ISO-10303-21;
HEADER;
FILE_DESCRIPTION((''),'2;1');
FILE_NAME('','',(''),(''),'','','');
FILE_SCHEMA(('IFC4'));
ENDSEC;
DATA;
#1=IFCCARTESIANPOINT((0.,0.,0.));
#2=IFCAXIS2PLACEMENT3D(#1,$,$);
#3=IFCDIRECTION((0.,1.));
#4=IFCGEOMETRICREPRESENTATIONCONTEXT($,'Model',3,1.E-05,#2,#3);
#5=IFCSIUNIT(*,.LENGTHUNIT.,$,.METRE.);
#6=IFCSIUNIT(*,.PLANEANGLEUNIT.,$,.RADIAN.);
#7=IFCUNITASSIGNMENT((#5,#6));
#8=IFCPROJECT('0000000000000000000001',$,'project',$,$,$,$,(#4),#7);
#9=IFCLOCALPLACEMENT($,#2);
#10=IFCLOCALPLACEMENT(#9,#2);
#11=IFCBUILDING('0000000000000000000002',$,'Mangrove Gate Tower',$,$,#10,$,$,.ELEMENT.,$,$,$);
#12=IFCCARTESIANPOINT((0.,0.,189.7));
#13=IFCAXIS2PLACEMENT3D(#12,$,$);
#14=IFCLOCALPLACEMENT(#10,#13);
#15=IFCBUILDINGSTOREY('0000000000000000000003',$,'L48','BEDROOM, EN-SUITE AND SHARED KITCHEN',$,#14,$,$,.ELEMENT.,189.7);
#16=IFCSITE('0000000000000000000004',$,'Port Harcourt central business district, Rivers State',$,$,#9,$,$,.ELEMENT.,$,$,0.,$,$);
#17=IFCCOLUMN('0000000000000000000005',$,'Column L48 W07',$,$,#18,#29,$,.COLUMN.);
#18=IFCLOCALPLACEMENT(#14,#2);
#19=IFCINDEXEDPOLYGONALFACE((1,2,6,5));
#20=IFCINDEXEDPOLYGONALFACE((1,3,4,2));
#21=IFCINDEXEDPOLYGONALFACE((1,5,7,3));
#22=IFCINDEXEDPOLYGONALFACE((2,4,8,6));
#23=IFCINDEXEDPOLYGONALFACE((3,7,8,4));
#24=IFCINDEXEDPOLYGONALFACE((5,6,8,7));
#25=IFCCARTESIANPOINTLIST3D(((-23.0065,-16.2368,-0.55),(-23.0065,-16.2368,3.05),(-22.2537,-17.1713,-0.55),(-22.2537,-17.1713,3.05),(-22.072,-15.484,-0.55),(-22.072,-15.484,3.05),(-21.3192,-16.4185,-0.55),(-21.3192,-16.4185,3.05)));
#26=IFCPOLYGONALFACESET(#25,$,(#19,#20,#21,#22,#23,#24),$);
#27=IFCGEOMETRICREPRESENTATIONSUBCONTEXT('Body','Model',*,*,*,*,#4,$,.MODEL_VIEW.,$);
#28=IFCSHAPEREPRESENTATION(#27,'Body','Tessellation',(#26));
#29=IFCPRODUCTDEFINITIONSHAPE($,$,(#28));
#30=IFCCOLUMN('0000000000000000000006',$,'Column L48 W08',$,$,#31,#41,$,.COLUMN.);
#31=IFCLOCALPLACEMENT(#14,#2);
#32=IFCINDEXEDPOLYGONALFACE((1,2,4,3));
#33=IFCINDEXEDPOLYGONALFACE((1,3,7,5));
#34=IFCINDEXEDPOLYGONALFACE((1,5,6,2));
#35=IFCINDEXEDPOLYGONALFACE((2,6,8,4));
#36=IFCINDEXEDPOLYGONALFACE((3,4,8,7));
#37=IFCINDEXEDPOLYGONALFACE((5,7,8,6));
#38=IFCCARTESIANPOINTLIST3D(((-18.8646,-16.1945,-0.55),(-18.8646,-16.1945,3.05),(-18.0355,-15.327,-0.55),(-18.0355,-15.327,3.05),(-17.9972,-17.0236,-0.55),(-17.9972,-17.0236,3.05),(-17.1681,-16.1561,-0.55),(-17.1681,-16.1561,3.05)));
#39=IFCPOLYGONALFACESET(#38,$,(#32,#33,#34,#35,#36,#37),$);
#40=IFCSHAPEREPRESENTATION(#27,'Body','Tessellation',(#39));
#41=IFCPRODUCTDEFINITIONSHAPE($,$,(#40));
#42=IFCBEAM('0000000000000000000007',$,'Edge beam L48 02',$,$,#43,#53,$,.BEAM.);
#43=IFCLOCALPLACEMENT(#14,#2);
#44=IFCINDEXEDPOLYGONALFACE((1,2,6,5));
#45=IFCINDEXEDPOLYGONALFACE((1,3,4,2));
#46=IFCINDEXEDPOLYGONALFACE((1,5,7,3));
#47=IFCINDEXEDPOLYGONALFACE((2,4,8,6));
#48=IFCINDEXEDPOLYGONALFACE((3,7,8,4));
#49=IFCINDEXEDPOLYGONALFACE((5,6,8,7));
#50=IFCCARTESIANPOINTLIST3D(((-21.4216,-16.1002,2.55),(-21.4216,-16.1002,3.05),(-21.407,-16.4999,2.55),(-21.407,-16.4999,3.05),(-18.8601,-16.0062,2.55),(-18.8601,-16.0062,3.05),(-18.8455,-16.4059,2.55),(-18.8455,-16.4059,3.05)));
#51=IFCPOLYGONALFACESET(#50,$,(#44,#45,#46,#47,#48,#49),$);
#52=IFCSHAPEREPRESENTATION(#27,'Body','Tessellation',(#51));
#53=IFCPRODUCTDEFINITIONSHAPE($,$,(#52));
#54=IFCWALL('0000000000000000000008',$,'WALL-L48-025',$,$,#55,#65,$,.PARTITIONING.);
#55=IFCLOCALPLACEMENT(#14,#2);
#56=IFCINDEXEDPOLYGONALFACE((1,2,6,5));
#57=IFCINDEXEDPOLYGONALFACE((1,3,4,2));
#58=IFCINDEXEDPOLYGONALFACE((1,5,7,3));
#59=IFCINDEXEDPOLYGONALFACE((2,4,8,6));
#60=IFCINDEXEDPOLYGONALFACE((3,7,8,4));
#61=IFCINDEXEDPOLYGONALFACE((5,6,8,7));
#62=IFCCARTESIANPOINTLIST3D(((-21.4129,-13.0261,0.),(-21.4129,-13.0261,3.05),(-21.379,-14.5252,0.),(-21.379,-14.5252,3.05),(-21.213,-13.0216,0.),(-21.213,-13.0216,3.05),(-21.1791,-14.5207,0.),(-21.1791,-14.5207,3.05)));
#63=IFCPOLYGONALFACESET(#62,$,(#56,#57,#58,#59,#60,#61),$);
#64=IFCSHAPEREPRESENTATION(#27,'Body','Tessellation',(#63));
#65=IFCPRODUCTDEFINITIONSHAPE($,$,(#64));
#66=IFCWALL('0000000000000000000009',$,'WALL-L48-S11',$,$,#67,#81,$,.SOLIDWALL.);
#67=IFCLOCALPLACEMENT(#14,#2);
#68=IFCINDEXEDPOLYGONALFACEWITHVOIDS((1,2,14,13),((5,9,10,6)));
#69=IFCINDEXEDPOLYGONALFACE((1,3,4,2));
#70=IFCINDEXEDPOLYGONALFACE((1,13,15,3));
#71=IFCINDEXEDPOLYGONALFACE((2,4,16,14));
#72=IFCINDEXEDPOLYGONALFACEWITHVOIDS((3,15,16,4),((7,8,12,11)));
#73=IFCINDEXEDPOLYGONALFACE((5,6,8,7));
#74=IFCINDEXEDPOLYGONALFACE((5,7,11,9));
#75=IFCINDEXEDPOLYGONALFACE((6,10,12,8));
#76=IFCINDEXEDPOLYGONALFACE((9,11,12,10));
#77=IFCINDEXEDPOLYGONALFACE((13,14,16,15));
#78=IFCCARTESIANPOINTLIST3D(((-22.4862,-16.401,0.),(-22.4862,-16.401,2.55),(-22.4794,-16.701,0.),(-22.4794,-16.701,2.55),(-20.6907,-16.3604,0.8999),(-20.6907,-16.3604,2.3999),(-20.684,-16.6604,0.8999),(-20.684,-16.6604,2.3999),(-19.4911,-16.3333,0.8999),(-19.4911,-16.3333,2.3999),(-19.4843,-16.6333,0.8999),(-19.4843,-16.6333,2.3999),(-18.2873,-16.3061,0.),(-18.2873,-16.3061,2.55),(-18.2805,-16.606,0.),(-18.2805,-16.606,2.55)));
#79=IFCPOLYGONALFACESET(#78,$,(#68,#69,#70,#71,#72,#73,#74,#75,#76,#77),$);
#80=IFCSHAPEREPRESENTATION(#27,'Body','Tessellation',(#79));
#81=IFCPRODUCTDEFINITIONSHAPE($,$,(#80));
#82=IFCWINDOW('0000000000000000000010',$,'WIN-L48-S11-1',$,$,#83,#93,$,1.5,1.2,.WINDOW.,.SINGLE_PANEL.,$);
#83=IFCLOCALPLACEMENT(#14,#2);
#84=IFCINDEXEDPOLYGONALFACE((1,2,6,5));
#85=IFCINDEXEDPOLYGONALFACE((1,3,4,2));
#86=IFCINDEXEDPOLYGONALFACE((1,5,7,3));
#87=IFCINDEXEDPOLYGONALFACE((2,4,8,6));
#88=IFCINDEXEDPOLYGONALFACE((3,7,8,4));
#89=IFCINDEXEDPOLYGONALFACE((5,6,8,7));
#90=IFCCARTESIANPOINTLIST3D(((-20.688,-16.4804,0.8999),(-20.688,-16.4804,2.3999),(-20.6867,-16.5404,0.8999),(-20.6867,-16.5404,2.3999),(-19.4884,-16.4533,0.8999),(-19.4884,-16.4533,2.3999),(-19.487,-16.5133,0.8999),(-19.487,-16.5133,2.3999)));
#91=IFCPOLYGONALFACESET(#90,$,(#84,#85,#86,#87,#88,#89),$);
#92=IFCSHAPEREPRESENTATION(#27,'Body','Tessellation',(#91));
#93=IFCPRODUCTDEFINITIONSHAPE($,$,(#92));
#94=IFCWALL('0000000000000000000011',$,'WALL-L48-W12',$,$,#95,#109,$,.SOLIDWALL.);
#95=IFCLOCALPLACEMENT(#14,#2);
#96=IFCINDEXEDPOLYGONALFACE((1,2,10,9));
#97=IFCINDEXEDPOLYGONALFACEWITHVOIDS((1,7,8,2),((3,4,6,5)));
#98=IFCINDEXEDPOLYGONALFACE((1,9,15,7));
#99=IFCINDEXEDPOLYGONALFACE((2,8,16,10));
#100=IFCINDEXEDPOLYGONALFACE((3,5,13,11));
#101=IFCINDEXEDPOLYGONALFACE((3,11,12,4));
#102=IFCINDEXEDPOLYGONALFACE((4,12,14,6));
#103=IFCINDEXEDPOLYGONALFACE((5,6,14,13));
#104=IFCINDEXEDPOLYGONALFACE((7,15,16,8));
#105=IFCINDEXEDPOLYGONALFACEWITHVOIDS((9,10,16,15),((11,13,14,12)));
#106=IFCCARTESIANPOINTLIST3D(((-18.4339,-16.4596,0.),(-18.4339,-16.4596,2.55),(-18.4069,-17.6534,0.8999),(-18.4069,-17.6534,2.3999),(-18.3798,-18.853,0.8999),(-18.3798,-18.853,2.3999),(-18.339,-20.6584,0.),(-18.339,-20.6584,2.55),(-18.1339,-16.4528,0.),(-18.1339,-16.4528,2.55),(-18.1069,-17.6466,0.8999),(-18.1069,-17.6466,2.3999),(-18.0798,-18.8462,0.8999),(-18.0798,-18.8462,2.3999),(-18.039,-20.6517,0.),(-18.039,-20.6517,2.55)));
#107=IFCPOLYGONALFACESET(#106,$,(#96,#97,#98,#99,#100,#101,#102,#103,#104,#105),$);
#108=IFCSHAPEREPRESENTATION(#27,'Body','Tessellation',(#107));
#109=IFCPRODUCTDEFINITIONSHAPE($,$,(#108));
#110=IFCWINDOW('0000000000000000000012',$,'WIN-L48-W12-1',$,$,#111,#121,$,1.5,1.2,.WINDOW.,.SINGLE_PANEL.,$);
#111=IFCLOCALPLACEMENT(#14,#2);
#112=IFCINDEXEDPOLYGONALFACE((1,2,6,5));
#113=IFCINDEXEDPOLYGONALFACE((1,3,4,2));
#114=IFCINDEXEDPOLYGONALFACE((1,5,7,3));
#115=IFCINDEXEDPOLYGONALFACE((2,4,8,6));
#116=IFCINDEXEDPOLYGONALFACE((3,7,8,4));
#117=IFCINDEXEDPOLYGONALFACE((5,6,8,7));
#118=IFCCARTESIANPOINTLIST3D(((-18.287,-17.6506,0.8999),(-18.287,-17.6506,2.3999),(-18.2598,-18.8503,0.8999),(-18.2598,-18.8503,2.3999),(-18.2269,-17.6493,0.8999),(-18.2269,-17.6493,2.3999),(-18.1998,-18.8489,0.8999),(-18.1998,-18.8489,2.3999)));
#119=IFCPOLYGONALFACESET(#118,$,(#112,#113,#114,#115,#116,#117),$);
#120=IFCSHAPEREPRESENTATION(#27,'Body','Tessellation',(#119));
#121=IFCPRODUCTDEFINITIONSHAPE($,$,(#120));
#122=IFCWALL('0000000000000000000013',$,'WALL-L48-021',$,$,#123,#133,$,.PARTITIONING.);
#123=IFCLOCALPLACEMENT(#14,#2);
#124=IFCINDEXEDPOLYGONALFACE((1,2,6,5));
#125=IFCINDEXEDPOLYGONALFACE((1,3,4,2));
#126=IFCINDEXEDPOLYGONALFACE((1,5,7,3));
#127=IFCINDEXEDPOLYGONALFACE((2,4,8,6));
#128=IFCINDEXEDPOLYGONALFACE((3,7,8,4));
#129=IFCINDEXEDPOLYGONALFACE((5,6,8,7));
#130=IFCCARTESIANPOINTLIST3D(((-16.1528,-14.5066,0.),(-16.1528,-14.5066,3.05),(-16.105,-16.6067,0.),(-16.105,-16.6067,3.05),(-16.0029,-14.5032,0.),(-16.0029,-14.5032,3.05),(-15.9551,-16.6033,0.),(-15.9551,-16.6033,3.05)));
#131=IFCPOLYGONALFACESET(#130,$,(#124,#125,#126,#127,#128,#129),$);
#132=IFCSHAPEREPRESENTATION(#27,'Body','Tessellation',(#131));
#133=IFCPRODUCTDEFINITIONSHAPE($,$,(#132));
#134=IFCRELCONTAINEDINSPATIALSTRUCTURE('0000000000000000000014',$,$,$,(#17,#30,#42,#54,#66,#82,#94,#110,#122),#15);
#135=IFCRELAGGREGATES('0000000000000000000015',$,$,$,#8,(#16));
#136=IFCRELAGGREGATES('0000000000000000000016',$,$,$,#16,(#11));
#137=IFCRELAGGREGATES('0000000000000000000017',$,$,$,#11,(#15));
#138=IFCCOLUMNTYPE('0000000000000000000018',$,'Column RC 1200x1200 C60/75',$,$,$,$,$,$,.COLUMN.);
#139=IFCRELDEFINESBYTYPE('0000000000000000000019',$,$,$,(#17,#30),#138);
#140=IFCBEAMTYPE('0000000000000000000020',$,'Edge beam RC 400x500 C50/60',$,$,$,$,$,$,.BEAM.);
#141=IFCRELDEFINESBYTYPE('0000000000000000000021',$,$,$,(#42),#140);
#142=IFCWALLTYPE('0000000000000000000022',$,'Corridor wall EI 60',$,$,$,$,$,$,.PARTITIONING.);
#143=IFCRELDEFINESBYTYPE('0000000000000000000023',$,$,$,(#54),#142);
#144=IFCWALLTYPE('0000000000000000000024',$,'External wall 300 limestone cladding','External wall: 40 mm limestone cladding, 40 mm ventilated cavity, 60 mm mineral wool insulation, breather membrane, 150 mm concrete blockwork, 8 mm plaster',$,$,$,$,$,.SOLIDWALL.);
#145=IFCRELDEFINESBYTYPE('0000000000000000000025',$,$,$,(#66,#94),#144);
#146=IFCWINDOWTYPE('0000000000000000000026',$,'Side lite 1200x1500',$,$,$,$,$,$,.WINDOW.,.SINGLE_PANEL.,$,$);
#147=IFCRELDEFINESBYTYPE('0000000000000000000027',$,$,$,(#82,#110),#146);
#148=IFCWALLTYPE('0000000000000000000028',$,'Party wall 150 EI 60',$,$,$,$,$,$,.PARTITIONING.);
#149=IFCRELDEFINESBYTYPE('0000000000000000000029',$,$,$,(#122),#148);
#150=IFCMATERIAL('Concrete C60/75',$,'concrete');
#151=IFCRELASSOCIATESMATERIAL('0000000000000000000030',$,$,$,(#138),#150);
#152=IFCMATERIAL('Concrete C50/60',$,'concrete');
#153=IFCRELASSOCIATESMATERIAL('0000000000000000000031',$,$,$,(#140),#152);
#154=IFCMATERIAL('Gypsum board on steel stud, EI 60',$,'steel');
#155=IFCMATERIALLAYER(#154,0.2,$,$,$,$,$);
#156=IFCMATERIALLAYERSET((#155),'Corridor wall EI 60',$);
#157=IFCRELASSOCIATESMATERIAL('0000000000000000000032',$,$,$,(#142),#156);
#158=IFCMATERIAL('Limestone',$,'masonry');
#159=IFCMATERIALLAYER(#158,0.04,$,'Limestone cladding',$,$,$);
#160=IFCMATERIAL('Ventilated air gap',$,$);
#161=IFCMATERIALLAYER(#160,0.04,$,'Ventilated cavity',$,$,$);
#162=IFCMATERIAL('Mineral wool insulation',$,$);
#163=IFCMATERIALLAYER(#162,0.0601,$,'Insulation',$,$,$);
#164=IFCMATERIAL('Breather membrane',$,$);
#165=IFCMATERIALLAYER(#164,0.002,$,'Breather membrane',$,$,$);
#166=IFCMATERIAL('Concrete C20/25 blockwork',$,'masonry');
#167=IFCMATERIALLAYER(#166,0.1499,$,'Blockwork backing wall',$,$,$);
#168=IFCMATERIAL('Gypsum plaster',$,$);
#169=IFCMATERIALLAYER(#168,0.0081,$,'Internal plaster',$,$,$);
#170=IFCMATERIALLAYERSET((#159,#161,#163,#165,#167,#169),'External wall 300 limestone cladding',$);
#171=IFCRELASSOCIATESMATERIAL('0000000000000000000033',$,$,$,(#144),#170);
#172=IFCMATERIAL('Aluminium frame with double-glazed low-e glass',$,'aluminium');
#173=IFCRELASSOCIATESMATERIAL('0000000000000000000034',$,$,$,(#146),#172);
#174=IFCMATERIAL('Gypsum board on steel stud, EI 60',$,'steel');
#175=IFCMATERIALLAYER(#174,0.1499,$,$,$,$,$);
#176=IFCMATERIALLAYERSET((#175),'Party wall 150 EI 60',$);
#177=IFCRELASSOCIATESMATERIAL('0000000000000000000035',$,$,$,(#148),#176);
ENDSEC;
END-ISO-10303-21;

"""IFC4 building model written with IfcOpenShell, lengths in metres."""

from ifc_helpers import new_model, si_unit, direction, frame, frame_2d, origin, origin_2d, place, context, subcontext, project, spatial, rectangle, extrude, material, layer, layer_set, material_profile, profile_set, type_object, element, fill, save


model = new_model("IFC4")

# Units and contexts
model_context = context("Model", 3, precision=1e-05, world=origin(), true_north=direction((0.0, 1.0)))
body_context = subcontext(model_context, "Body", "Model", "MODEL_VIEW")
ifc_project = project(units=[si_unit("LENGTHUNIT", "METRE"), si_unit("PLANEANGLEUNIT", "RADIAN")], contexts=[model_context])

# Site, building, storey
site_placement = place(None, origin())
site = spatial("IfcSite", under=ifc_project, at=site_placement, Name="Port Harcourt central business district, Rivers State", CompositionType="ELEMENT", RefElevation=0.0)
building_placement = place(site_placement, origin())
building = spatial("IfcBuilding", under=site, at=building_placement, Name="Mangrove Gate Tower", CompositionType="ELEMENT")
storey_placement = place(building_placement, frame((0.0, 0.0, 189.7)))
storey = spatial("IfcBuildingStorey", under=building, at=storey_placement, Name="L48", Description="BEDROOM, EN-SUITE AND SHARED KITCHEN", CompositionType="ELEMENT", Elevation=189.7)

# Columns
ifc_material_1 = material(Name="Concrete C60/75", Category="concrete")
ifc_material_profile_1 = material_profile(ifc_material_1, rectangle(XDim=1.2, YDim=1.2, at=origin_2d()))
ifc_profile_set_1 = profile_set([ifc_material_profile_1], Name="Concrete C60/75")
column_type = type_object("IfcColumnType", Name="Column RC 1200x1200 C60/75", PredefinedType="COLUMN", material=ifc_profile_set_1)
for number, where, z_axis, x_axis, name in (
    (1, (-22.1628, -16.3276, -0.55), (0.0, 0.0, 1.0), (0.627364, -0.778726, 0.0), "Column L48 W07"),
    (2, (-18.0164, -16.1753, -0.55), (0.0, 0.0, 1.0), (0.72292, -0.690932, 0.0), "Column L48 W08"),
):
    element("IfcColumn", number, at=place(storey_placement, frame(where, z_axis=z_axis, x_axis=x_axis)), inside=storey, type_object=column_type, Name=name, PredefinedType="COLUMN", context=body_context, shape_type="SweptSolid", body=[
        extrude(rectangle(XDim=1.2, YDim=1.2, at=origin_2d()), origin(), (0.0, 0.0, 1.0), 3.6001),
    ])

# Beam
ifc_material_2 = material(Name="Concrete C50/60", Category="concrete")
ifc_material_profile_2 = material_profile(ifc_material_2, rectangle(XDim=0.3999, YDim=0.5, at=origin_2d()))
ifc_profile_set_2 = profile_set([ifc_material_profile_2], Name="Concrete C50/60")
beam_type = type_object("IfcBeamType", Name="Edge beam RC 400x500 C50/60", PredefinedType="BEAM", material=ifc_profile_set_2)
beam_placement = place(storey_placement, frame((-21.4143, -16.3, 2.8), z_axis=(0.999327, 0.03667, 0.0), x_axis=(-0.03667, 0.999327, 0.0)))
element("IfcBeam", 3, at=beam_placement, inside=storey, type_object=beam_type, Name="Edge beam L48 02", PredefinedType="BEAM", context=body_context, shape_type="SweptSolid", body=[
    extrude(rectangle(XDim=0.3999, YDim=0.5, at=origin_2d()), origin(), (0.0, 0.0, 1.0), 2.5632),
])

# Shared definitions
ifc_material_3 = material(Name="Gypsum board on steel stud, EI 60", Category="steel")
ifc_layer_1 = layer(ifc_material_3, 0.2)
ifc_layer_set_1 = layer_set([ifc_layer_1], Name="Corridor wall EI 60")
wall_type_1 = type_object("IfcWallType", Name="Corridor wall EI 60", PredefinedType="PARTITIONING", material=ifc_layer_set_1)

# Wall
wall_1_placement = place(storey_placement, frame((-21.2791, -14.5229, 0.0), z_axis=(0.0, 0.0, 1.0), x_axis=(-0.022633, 0.999744, 0.0)))
element("IfcWall", 4, at=wall_1_placement, inside=storey, type_object=wall_type_1, Name="WALL-L48-025", PredefinedType="PARTITIONING", context=body_context, shape_type="SweptSolid", body=[
    extrude(rectangle(XDim=1.4995, YDim=0.2, at=frame_2d((0.7498, 0.0))), origin(), (0.0, 0.0, 1.0), 3.05),
])

# Walls, openings, windows
ifc_material_4 = material(Name="Limestone", Category="masonry")
ifc_layer_2 = layer(ifc_material_4, 0.04, Name="Limestone cladding")
ifc_material_5 = material(Name="Ventilated air gap")
ifc_layer_3 = layer(ifc_material_5, 0.04, Name="Ventilated cavity")
ifc_material_6 = material(Name="Mineral wool insulation")
ifc_layer_4 = layer(ifc_material_6, 0.0601, Name="Insulation")
ifc_material_7 = material(Name="Breather membrane")
ifc_layer_5 = layer(ifc_material_7, 0.002, Name="Breather membrane")
ifc_material_8 = material(Name="Concrete C20/25 blockwork", Category="masonry")
ifc_layer_6 = layer(ifc_material_8, 0.1499, Name="Blockwork backing wall")
ifc_material_9 = material(Name="Gypsum plaster")
ifc_layer_7 = layer(ifc_material_9, 0.0081, Name="Internal plaster")
ifc_layer_set_2 = layer_set([ifc_layer_2, ifc_layer_3, ifc_layer_4, ifc_layer_5, ifc_layer_6, ifc_layer_7], Name="External wall 300 limestone cladding")
wall_type_2 = type_object("IfcWallType", Name="External wall 300 limestone cladding", Description="External wall: 40 mm limestone cladding, 40 mm ventilated cavity, 60 mm mineral wool insulation, breather membrane, 150 mm concrete blockwork, 8 mm plaster", PredefinedType="SOLIDWALL", material=ifc_layer_set_2)
wall_2_placement = place(storey_placement, frame((-22.4829, -16.551, 0.0), z_axis=(0.0, 0.0, 1.0), x_axis=(0.999744, 0.022612, 0.0)))
wall_2 = element("IfcWall", 5, at=wall_2_placement, inside=storey, type_object=wall_type_2, Name="WALL-L48-S11", PredefinedType="SOLIDWALL", context=body_context, shape_type="SweptSolid", body=[
    extrude(rectangle(XDim=4.2, YDim=0.3, at=frame_2d((2.1001, 0.0))), origin(), (0.0, 0.0, 1.0), 2.55),
])
opening_1_placement = place(wall_2_placement, frame((1.7959, 0.0, 0.8999)))
opening_1 = element("IfcOpeningElement", 6, at=opening_1_placement, cuts=wall_2, PredefinedType="OPENING", context=body_context, shape_type="SweptSolid", body=[
    extrude(rectangle(XDim=1.2, YDim=1.5, at=frame_2d((0.6001, 0.75))), frame((0.0, 0.1599, 0.0), z_axis=(0.0, -1.0, 0.0), x_axis=(1.0, 0.0, 0.0)), (0.0, 0.0, 1.0), 0.3201),
])
ifc_material_10 = material(Name="Aluminium frame with double-glazed low-e glass", Category="aluminium")
window_type = type_object("IfcWindowType", Name="Side lite 1200x1500", PartitioningType="SINGLE_PANEL", PredefinedType="WINDOW", material=ifc_material_10)
window_1_placement = place(opening_1_placement, origin())
window_1 = element("IfcWindow", 7, at=window_1_placement, inside=storey, type_object=window_type, Name="WIN-L48-S11-1", OverallHeight=1.5, OverallWidth=1.2, PartitioningType="SINGLE_PANEL", PredefinedType="WINDOW", context=body_context, shape_type="SweptSolid", body=[
    extrude(rectangle(XDim=1.2, YDim=1.5, at=frame_2d((0.6001, 0.75))), frame((0.0, 0.03, 0.0), z_axis=(0.0, -1.0, 0.0), x_axis=(1.0, 0.0, 0.0)), (0.0, 0.0, 1.0), 0.0601),
])
fill(opening_1, window_1)
wall_3_placement = place(storey_placement, frame((-18.2839, -16.4561, 0.0), z_axis=(0.0, 0.0, 1.0), x_axis=(0.022612, -0.999744, 0.0)))
wall_3 = element("IfcWall", 8, at=wall_3_placement, inside=storey, type_object=wall_type_2, Name="WALL-L48-W12", PredefinedType="SOLIDWALL", context=body_context, shape_type="SweptSolid", body=[
    extrude(rectangle(XDim=4.2, YDim=0.3, at=frame_2d((2.1001, 0.0))), origin(), (0.0, 0.0, 1.0), 2.55),
])
opening_2_placement = place(wall_3_placement, frame((1.1941, 0.0, 0.8999)))
opening_2 = element("IfcOpeningElement", 9, at=opening_2_placement, cuts=wall_3, PredefinedType="OPENING", context=body_context, shape_type="SweptSolid", body=[
    extrude(rectangle(XDim=1.2, YDim=1.5, at=frame_2d((0.6001, 0.75))), frame((0.0, 0.1599, 0.0), z_axis=(0.0, -1.0, 0.0), x_axis=(1.0, 0.0, 0.0)), (0.0, 0.0, 1.0), 0.3201),
])
window_2_placement = place(opening_2_placement, origin())
window_2 = element("IfcWindow", 10, at=window_2_placement, inside=storey, type_object=window_type, Name="WIN-L48-W12-1", OverallHeight=1.5, OverallWidth=1.2, PartitioningType="SINGLE_PANEL", PredefinedType="WINDOW", context=body_context, shape_type="SweptSolid", body=[
    extrude(rectangle(XDim=1.2, YDim=1.5, at=frame_2d((0.6001, 0.75))), frame((0.0, 0.03, 0.0), z_axis=(0.0, -1.0, 0.0), x_axis=(1.0, 0.0, 0.0)), (0.0, 0.0, 1.0), 0.0601),
])
fill(opening_2, window_2)

# Wall
ifc_material_11 = material(Name="Gypsum board on steel stud, EI 60", Category="steel")
ifc_layer_8 = layer(ifc_material_11, 0.1499)
ifc_layer_set_3 = layer_set([ifc_layer_8], Name="Party wall 150 EI 60")
wall_type_3 = type_object("IfcWallType", Name="Party wall 150 EI 60", PredefinedType="PARTITIONING", material=ifc_layer_set_3)
wall_4_placement = place(storey_placement, frame((-16.03, -16.605, 0.0), z_axis=(0.0, 0.0, 1.0), x_axis=(-0.022779, 0.999741, 0.0)))
element("IfcWall", 11, at=wall_4_placement, inside=storey, type_object=wall_type_3, Name="WALL-L48-021", PredefinedType="PARTITIONING", context=body_context, shape_type="SweptSolid", body=[
    extrude(rectangle(XDim=2.1006, YDim=0.1499, at=frame_2d((1.0503, 0.0))), origin(), (0.0, 0.0, 1.0), 3.05),
])

save(model, "model.ifc")
